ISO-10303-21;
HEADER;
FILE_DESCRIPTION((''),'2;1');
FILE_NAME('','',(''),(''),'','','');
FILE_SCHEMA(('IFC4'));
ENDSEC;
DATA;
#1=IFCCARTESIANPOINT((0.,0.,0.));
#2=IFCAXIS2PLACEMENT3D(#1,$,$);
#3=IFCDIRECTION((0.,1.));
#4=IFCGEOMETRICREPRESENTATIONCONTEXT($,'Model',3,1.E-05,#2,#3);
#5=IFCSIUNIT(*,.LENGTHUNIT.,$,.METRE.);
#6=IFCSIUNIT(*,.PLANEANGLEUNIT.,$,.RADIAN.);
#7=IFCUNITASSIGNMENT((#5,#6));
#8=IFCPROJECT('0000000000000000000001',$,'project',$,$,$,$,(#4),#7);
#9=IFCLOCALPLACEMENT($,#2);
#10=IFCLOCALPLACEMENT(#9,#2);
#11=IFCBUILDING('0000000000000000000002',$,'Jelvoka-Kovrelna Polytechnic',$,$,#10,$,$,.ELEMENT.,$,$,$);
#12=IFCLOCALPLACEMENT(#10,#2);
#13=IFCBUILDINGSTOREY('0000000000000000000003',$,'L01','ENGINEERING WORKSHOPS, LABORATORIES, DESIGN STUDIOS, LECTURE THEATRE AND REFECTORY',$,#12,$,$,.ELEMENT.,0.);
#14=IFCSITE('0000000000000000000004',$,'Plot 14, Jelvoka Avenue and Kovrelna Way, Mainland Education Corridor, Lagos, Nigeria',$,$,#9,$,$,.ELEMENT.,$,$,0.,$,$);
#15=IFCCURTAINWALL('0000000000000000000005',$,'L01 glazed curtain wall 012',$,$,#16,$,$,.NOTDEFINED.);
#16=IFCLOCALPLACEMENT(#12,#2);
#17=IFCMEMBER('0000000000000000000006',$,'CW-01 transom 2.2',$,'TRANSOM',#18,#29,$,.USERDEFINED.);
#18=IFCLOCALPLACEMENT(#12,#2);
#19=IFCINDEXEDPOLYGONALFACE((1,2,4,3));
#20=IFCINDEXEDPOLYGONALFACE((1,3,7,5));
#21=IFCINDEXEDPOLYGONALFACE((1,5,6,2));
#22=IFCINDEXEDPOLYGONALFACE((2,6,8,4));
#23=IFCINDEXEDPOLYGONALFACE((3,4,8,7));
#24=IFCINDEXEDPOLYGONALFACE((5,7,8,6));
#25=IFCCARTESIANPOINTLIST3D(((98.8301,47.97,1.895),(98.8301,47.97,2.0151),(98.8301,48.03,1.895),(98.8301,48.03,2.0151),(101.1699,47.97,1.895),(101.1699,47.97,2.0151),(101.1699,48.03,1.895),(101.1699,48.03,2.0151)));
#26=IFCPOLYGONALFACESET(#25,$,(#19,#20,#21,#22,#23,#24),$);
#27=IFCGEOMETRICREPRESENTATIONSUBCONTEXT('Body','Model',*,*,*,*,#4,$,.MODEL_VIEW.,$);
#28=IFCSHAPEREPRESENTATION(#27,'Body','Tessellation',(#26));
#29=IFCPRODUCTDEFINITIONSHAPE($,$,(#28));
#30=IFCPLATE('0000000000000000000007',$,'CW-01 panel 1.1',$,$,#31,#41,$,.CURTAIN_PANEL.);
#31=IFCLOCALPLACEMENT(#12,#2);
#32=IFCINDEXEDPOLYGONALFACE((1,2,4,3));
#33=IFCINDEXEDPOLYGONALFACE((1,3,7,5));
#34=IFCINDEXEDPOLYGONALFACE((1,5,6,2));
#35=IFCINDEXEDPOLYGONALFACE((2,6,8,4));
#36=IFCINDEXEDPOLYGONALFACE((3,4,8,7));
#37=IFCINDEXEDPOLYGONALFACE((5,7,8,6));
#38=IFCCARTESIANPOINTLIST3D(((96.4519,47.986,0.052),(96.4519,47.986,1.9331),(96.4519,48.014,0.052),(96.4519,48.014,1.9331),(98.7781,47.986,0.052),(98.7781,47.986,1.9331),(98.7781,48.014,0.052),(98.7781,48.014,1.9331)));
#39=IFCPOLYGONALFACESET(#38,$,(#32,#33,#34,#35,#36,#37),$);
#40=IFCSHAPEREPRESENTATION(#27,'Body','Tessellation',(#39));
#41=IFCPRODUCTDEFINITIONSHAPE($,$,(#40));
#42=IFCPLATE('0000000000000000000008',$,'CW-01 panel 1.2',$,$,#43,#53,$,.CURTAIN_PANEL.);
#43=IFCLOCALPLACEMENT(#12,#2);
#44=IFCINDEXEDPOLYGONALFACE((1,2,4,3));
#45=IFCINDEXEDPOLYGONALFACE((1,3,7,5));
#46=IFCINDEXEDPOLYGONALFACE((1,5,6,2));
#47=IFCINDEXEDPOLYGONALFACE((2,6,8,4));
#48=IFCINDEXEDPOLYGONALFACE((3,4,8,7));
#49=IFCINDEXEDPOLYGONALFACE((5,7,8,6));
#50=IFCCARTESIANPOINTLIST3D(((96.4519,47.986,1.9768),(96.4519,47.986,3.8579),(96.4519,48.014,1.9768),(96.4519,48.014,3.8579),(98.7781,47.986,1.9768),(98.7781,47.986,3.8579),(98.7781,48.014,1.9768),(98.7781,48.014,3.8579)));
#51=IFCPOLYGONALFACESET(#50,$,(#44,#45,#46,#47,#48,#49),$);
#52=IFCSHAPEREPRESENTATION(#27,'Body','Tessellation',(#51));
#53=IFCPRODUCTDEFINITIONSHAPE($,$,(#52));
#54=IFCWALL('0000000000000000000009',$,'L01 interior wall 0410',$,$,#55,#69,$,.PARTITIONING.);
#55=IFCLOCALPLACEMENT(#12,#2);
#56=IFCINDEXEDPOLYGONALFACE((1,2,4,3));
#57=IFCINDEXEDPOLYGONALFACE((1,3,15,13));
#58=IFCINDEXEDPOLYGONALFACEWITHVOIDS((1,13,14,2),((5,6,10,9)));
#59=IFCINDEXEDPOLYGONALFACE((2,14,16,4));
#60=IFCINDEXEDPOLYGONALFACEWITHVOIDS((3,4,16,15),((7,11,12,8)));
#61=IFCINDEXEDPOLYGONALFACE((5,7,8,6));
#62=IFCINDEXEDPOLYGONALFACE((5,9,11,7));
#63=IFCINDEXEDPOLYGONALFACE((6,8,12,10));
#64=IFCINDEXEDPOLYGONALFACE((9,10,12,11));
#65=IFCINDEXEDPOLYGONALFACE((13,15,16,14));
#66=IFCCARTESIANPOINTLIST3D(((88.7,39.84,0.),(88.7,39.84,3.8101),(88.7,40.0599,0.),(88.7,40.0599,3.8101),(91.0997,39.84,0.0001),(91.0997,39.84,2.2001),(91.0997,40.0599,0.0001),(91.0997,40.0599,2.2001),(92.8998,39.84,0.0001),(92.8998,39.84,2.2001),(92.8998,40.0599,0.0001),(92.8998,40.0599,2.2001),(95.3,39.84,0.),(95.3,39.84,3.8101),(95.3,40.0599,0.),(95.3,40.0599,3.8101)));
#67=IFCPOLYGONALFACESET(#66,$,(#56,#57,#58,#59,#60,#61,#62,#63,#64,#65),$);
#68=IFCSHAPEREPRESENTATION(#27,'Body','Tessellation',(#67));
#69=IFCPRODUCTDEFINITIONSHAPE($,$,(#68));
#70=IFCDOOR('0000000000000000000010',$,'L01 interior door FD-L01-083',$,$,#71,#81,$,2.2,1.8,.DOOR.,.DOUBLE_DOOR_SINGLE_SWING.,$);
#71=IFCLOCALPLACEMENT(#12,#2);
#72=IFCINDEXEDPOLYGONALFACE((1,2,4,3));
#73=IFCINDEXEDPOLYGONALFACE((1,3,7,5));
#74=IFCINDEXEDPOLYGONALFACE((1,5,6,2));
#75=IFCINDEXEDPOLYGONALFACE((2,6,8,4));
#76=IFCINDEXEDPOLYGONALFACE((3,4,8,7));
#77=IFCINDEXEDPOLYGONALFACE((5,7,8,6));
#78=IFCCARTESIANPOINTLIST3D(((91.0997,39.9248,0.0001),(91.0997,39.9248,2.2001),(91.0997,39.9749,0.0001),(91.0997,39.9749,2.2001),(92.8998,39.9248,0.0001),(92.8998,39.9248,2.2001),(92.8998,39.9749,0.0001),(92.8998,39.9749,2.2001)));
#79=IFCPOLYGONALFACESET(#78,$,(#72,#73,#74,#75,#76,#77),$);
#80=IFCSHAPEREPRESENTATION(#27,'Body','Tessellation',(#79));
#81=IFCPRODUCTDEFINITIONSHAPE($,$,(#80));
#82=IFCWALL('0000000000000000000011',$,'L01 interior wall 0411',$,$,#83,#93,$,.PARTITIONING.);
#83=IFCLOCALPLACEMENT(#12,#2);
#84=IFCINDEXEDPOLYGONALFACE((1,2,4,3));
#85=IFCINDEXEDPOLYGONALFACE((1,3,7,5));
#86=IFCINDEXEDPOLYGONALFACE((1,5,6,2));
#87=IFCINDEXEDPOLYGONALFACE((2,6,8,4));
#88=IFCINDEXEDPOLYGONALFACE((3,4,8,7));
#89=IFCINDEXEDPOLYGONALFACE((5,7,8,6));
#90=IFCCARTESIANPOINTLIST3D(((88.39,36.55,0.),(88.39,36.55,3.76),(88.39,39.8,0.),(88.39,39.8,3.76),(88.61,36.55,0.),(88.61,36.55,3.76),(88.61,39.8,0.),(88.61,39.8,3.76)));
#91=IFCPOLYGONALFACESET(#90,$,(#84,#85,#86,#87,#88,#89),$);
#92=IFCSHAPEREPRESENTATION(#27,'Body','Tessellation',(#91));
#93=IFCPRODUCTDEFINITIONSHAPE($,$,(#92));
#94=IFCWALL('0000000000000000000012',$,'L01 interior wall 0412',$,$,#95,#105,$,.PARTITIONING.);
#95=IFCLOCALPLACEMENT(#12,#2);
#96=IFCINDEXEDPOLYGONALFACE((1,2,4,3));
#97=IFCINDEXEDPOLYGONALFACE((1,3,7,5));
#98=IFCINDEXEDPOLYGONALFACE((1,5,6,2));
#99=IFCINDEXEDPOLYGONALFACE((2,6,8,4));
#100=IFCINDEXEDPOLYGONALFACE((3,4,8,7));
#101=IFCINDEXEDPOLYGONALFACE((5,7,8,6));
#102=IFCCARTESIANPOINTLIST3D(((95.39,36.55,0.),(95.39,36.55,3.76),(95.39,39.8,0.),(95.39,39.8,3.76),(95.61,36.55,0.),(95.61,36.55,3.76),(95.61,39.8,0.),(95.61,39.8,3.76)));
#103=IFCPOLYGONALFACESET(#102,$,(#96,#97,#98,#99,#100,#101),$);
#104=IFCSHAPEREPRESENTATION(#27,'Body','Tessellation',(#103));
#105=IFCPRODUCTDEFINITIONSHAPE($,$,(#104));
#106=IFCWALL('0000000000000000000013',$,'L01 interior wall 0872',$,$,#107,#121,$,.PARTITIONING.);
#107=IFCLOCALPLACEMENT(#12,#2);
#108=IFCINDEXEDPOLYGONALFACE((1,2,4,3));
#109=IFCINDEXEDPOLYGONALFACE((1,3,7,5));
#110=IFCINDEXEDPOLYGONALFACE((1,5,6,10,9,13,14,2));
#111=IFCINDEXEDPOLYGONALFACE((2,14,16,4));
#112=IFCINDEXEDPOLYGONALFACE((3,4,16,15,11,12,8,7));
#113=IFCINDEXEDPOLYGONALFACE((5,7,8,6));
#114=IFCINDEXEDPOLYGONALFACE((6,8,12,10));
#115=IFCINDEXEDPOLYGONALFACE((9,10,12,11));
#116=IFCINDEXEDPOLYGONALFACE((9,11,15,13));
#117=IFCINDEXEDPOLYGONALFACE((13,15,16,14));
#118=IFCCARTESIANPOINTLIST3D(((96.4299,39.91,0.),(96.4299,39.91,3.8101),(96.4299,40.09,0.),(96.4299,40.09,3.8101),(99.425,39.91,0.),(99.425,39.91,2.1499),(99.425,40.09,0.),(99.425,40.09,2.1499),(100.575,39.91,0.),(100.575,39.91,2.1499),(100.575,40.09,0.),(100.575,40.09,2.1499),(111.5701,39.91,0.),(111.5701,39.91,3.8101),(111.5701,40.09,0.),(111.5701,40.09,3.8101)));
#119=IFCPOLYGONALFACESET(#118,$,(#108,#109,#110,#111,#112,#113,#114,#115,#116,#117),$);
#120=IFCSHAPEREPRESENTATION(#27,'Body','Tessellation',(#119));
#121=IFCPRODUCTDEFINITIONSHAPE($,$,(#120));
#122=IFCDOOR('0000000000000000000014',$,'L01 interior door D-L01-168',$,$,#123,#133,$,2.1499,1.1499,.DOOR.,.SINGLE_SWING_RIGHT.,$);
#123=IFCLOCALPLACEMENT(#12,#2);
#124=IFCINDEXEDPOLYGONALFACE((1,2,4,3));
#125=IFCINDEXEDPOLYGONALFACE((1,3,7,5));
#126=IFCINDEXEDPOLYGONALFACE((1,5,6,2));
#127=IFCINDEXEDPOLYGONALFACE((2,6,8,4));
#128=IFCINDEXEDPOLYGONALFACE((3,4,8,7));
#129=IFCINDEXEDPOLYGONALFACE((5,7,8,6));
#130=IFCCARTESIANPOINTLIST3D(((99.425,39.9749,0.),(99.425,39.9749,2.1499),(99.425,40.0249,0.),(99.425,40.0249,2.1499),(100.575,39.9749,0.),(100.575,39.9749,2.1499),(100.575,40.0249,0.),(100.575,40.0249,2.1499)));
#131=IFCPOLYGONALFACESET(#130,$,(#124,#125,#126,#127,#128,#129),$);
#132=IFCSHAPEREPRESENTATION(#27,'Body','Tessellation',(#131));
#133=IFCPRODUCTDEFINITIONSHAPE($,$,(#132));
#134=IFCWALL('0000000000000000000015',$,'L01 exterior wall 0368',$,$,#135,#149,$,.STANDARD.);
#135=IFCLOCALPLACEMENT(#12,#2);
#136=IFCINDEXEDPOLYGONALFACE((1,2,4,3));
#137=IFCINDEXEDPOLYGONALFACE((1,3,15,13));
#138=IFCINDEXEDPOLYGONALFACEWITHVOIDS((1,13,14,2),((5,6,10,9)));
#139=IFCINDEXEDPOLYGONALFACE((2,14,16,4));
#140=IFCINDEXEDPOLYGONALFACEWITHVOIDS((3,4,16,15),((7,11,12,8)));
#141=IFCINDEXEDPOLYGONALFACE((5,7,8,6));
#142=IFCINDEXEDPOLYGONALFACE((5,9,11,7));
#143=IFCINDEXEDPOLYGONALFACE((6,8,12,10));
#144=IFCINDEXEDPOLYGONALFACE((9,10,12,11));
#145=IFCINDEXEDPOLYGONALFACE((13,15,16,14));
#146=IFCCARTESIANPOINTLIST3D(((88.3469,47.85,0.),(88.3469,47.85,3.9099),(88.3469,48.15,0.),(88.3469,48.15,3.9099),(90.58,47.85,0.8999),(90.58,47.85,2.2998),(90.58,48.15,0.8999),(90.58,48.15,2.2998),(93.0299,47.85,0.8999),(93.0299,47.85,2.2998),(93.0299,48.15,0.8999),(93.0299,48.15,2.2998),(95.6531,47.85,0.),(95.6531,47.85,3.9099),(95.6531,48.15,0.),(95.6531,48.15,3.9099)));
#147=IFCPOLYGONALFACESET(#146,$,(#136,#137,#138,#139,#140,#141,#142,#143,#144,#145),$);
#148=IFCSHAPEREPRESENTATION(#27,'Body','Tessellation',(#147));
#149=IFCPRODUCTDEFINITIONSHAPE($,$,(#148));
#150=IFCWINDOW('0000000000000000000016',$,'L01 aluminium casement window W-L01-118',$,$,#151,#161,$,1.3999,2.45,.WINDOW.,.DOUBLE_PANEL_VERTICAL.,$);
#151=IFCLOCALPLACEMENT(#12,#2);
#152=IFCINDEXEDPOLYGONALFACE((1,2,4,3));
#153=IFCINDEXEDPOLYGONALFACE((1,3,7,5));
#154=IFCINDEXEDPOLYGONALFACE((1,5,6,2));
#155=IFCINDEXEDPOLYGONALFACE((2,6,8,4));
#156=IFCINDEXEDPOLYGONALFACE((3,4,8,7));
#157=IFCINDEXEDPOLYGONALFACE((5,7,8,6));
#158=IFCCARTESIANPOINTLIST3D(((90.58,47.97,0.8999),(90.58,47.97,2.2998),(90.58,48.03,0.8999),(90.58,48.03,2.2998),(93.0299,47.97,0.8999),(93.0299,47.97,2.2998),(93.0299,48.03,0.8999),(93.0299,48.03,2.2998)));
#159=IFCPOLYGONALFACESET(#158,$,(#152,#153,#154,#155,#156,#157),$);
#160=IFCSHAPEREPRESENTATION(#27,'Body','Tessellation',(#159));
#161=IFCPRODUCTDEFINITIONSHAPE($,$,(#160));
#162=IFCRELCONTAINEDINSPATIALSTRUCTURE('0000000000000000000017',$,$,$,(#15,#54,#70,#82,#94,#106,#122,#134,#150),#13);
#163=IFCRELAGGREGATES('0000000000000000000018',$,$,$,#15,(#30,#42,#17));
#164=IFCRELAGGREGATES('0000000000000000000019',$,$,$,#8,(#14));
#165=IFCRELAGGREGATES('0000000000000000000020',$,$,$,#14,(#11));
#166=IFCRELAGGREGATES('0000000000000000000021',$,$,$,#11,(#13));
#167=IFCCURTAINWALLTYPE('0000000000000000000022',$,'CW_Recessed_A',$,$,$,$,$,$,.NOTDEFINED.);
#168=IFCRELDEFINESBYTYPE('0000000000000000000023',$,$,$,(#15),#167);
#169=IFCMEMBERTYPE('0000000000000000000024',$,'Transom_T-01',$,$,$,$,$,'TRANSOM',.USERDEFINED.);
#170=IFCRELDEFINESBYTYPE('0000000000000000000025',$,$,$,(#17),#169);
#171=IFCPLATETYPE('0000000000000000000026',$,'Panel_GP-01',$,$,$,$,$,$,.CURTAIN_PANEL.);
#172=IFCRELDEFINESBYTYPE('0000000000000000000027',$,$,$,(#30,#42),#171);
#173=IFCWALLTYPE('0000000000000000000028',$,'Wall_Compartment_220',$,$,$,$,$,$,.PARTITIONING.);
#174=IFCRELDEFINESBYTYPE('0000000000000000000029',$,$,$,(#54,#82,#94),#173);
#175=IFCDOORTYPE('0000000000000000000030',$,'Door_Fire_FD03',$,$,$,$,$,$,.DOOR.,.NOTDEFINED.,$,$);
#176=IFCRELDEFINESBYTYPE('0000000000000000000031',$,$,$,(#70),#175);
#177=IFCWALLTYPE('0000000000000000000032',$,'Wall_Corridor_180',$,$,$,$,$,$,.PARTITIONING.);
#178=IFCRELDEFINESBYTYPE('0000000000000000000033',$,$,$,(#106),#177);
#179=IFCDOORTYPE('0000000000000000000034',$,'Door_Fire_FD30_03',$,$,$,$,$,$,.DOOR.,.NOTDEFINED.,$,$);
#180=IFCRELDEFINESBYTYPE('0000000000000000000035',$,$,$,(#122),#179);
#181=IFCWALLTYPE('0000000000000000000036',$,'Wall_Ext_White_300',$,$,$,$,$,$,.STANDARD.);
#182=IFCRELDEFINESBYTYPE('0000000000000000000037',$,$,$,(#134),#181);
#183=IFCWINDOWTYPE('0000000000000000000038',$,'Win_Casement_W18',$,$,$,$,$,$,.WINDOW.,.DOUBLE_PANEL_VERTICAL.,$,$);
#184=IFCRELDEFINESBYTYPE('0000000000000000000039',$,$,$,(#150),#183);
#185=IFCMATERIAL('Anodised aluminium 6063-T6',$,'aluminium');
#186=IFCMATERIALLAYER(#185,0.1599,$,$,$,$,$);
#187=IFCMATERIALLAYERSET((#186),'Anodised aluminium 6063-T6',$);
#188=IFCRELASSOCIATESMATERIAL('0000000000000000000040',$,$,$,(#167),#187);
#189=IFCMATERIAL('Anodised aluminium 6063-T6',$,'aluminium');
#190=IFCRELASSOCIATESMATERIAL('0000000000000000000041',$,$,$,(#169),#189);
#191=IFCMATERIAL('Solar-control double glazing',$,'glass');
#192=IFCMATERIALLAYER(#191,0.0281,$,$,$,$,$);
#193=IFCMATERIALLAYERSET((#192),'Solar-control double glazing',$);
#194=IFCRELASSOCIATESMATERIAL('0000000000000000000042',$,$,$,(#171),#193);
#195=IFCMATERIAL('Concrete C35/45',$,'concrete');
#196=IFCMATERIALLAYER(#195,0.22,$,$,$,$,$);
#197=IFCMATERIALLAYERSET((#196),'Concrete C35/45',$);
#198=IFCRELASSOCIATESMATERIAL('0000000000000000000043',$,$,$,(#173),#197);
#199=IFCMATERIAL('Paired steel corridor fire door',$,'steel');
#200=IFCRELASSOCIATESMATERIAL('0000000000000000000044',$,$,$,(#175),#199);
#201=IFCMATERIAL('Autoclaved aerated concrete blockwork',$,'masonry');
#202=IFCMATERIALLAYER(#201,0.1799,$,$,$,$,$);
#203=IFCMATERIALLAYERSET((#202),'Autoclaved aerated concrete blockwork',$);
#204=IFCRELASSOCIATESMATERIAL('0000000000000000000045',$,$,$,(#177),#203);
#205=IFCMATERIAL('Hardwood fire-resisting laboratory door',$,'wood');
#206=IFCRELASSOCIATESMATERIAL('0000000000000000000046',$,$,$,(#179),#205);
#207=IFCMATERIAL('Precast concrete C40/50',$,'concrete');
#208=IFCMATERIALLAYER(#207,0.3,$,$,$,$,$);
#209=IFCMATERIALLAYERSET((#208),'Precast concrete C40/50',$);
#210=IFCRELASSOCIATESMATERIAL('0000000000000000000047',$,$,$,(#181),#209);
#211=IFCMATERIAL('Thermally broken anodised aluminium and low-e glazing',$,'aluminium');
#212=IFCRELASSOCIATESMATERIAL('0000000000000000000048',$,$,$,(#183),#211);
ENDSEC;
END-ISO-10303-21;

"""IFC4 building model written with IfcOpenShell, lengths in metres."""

from ifc_helpers import new_model, si_unit, direction, frame, frame_2d, origin, origin_2d, place, context, subcontext, project, spatial, rectangle, extrude, material, layer, layer_set, material_profile, profile_set, type_object, element, fill, aggregate, save


model = new_model("IFC4")

# Units and contexts
model_context = context("Model", 3, precision=1e-05, world=origin(), true_north=direction((0.0, 1.0)))
body_context = subcontext(model_context, "Body", "Model", "MODEL_VIEW")
ifc_project = project(units=[si_unit("LENGTHUNIT", "METRE"), si_unit("PLANEANGLEUNIT", "RADIAN")], contexts=[model_context])

# Site, building, storey
site_placement = place(None, origin())
site = spatial("IfcSite", under=ifc_project, at=site_placement, Name="Plot 14, Jelvoka Avenue and Kovrelna Way, Mainland Education Corridor, Lagos, Nigeria", CompositionType="ELEMENT", RefElevation=0.0)
building_placement = place(site_placement, origin())
building = spatial("IfcBuilding", under=site, at=building_placement, Name="Jelvoka-Kovrelna Polytechnic", CompositionType="ELEMENT")
storey_placement = place(building_placement, origin())
storey = spatial("IfcBuildingStorey", under=building, at=storey_placement, Name="L01", Description="ENGINEERING WORKSHOPS, LABORATORIES, DESIGN STUDIOS, LECTURE THEATRE AND REFECTORY", CompositionType="ELEMENT", Elevation=0.0)

# Curtain wall
ifc_material_1 = material(Name="Anodised aluminium 6063-T6", Category="aluminium")
ifc_layer_1 = layer(ifc_material_1, 0.1599)
ifc_layer_set_1 = layer_set([ifc_layer_1], Name="Anodised aluminium 6063-T6")
curtain_wall_type = type_object("IfcCurtainWallType", Name="CW_Recessed_A", PredefinedType="NOTDEFINED", material=ifc_layer_set_1)
curtain_wall_placement = place(storey_placement, origin())
curtain_wall = element("IfcCurtainWall", 1, at=curtain_wall_placement, inside=storey, type_object=curtain_wall_type, Name="L01 glazed curtain wall 012", PredefinedType="NOTDEFINED")

# Member
ifc_material_2 = material(Name="Anodised aluminium 6063-T6", Category="aluminium")
ifc_material_profile_1 = material_profile(ifc_material_2, rectangle(XDim=0.0601, YDim=0.1201, at=origin_2d()), Name="ALU 60x120")
ifc_profile_set_1 = profile_set([ifc_material_profile_1], Name="Anodised aluminium 6063-T6")
member_type_1 = type_object("IfcMemberType", Name="Transom_T-01", ElementType="TRANSOM", PredefinedType="USERDEFINED", material=ifc_profile_set_1)
member_1_placement = place(storey_placement, frame((98.8301, 48.0, 1.9551), z_axis=(1.0, 0.0, 0.0), x_axis=(0.0, 1.0, 0.0)))
member_1 = element("IfcMember", 2, at=member_1_placement, type_object=member_type_1, Name="CW-01 transom 2.2", ObjectType="TRANSOM", PredefinedType="USERDEFINED", context=body_context, shape_type="SweptSolid", body=[
    extrude(rectangle(XDim=0.0601, YDim=0.1201, at=origin_2d()), origin(), (0.0, 0.0, 1.0), 2.3398),
])

# Plates
ifc_material_3 = material(Name="Solar-control double glazing", Category="glass")
ifc_layer_2 = layer(ifc_material_3, 0.0281)
ifc_layer_set_2 = layer_set([ifc_layer_2], Name="Solar-control double glazing")
plate_type = type_object("IfcPlateType", Name="Panel_GP-01", PredefinedType="CURTAIN_PANEL", material=ifc_layer_set_2)
plate_1_placement = place(storey_placement, frame((97.615, 48.0, 0.052), z_axis=(0.0, 0.0, 1.0), x_axis=(1.0, 0.0, 0.0)))
plate_1 = element("IfcPlate", 3, at=plate_1_placement, type_object=plate_type, Name="CW-01 panel 1.1", PredefinedType="CURTAIN_PANEL", context=body_context, shape_type="SweptSolid", body=[
    extrude(rectangle(XDim=2.3262, YDim=0.0281, at=origin_2d()), origin(), (0.0, 0.0, 1.0), 1.8811),
])
plate_2_placement = place(storey_placement, frame((97.615, 48.0, 1.9768), z_axis=(0.0, 0.0, 1.0), x_axis=(1.0, 0.0, 0.0)))
plate_2 = element("IfcPlate", 4, at=plate_2_placement, type_object=plate_type, Name="CW-01 panel 1.2", PredefinedType="CURTAIN_PANEL", context=body_context, shape_type="SweptSolid", body=[
    extrude(rectangle(XDim=2.3262, YDim=0.0281, at=origin_2d()), origin(), (0.0, 0.0, 1.0), 1.8811),
])
aggregate(curtain_wall, [plate_1, plate_2, member_1])

# Wall, opening, door
ifc_material_4 = material(Name="Concrete C35/45", Category="concrete")
ifc_layer_3 = layer(ifc_material_4, 0.22)
ifc_layer_set_3 = layer_set([ifc_layer_3], Name="Concrete C35/45")
wall_type_1 = type_object("IfcWallType", Name="Wall_Compartment_220", PredefinedType="PARTITIONING", material=ifc_layer_set_3)
wall_1_placement = place(storey_placement, frame((88.7, 39.95, 0.0), z_axis=(0.0, 0.0, 1.0), x_axis=(1.0, 0.0, 0.0)))
wall_1 = element("IfcWall", 5, at=wall_1_placement, inside=storey, type_object=wall_type_1, Name="L01 interior wall 0410", PredefinedType="PARTITIONING", context=body_context, shape_type="SweptSolid", body=[
    extrude(rectangle(XDim=6.6001, YDim=0.22, at=frame_2d((3.3, 0.0))), origin(), (0.0, 0.0, 1.0), 3.8101),
])
opening_1_placement = place(wall_1_placement, frame((2.3999, 0.0, 0.0)))
opening_1 = element("IfcOpeningElement", 6, at=opening_1_placement, cuts=wall_1, PredefinedType="OPENING", context=body_context, shape_type="SweptSolid", body=[
    extrude(rectangle(XDim=1.8, YDim=2.2, at=frame_2d((0.8999, 1.1001))), frame((0.0, 0.1199, 0.0), z_axis=(0.0, -1.0, 0.0), x_axis=(1.0, 0.0, 0.0)), (0.0, 0.0, 1.0), 0.24),
])
ifc_material_5 = material(Name="Paired steel corridor fire door", Category="steel")
door_type_1 = type_object("IfcDoorType", Name="Door_Fire_FD03", OperationType="NOTDEFINED", PredefinedType="DOOR", material=ifc_material_5)
door_1_placement = place(opening_1_placement, origin())
door_1 = element("IfcDoor", 7, at=door_1_placement, inside=storey, type_object=door_type_1, Name="L01 interior door FD-L01-083", OperationType="DOUBLE_DOOR_SINGLE_SWING", OverallHeight=2.2, OverallWidth=1.8, PredefinedType="DOOR", context=body_context, shape_type="SweptSolid", body=[
    extrude(rectangle(XDim=1.8, YDim=2.2, at=frame_2d((0.8999, 1.1001))), frame((0.0, 0.0249, 0.0), z_axis=(0.0, -1.0, 0.0), x_axis=(1.0, 0.0, 0.0)), (0.0, 0.0, 1.0), 0.05),
])
fill(opening_1, door_1)

# Walls
for number, where, z_axis, x_axis, name in (
    (8, (88.5, 36.55, 0.0), (0.0, 0.0, 1.0), (0.0, 1.0, 0.0), "L01 interior wall 0411"),
    (9, (95.5, 36.55, 0.0), (0.0, 0.0, 1.0), (0.0, 1.0, 0.0), "L01 interior wall 0412"),
):
    element("IfcWall", number, at=place(storey_placement, frame(where, z_axis=z_axis, x_axis=x_axis)), inside=storey, type_object=wall_type_1, Name=name, PredefinedType="PARTITIONING", context=body_context, shape_type="SweptSolid", body=[
        extrude(rectangle(XDim=3.25, YDim=0.22, at=frame_2d((1.625, 0.0))), origin(), (0.0, 0.0, 1.0), 3.76),
    ])

# Wall, opening, door
ifc_material_6 = material(Name="Autoclaved aerated concrete blockwork", Category="masonry")
ifc_layer_4 = layer(ifc_material_6, 0.1799)
ifc_layer_set_4 = layer_set([ifc_layer_4], Name="Autoclaved aerated concrete blockwork")
wall_type_2 = type_object("IfcWallType", Name="Wall_Corridor_180", PredefinedType="PARTITIONING", material=ifc_layer_set_4)
wall_2_placement = place(storey_placement, frame((96.4299, 40.0, 0.0), z_axis=(0.0, 0.0, 1.0), x_axis=(1.0, 0.0, 0.0)))
wall_2 = element("IfcWall", 10, at=wall_2_placement, inside=storey, type_object=wall_type_2, Name="L01 interior wall 0872", PredefinedType="PARTITIONING", context=body_context, shape_type="SweptSolid", body=[
    extrude(rectangle(XDim=15.1401, YDim=0.1799, at=frame_2d((7.5701, 0.0))), origin(), (0.0, 0.0, 1.0), 3.8101),
])
opening_2_placement = place(wall_2_placement, frame((2.9951, 0.0, 0.0)))
opening_2 = element("IfcOpeningElement", 11, at=opening_2_placement, cuts=wall_2, PredefinedType="OPENING", context=body_context, shape_type="SweptSolid", body=[
    extrude(rectangle(XDim=1.1499, YDim=2.1499, at=frame_2d((0.575, 1.075))), frame((0.0, 0.0999, 0.0), z_axis=(0.0, -1.0, 0.0), x_axis=(1.0, 0.0, 0.0)), (0.0, 0.0, 1.0), 0.2),
])
ifc_material_7 = material(Name="Hardwood fire-resisting laboratory door", Category="wood")
door_type_2 = type_object("IfcDoorType", Name="Door_Fire_FD30_03", OperationType="NOTDEFINED", PredefinedType="DOOR", material=ifc_material_7)
door_2_placement = place(opening_2_placement, origin())
door_2 = element("IfcDoor", 12, at=door_2_placement, inside=storey, type_object=door_type_2, Name="L01 interior door D-L01-168", OperationType="SINGLE_SWING_RIGHT", OverallHeight=2.1499, OverallWidth=1.1499, PredefinedType="DOOR", context=body_context, shape_type="SweptSolid", body=[
    extrude(rectangle(XDim=1.1499, YDim=2.1499, at=frame_2d((0.575, 1.075))), frame((0.0, 0.0249, 0.0), z_axis=(0.0, -1.0, 0.0), x_axis=(1.0, 0.0, 0.0)), (0.0, 0.0, 1.0), 0.05),
])
fill(opening_2, door_2)

# Wall, opening, window
ifc_material_8 = material(Name="Precast concrete C40/50", Category="concrete")
ifc_layer_5 = layer(ifc_material_8, 0.3)
ifc_layer_set_5 = layer_set([ifc_layer_5], Name="Precast concrete C40/50")
wall_type_3 = type_object("IfcWallType", Name="Wall_Ext_White_300", PredefinedType="STANDARD", material=ifc_layer_set_5)
wall_3_placement = place(storey_placement, frame((88.3469, 48.0, 0.0), z_axis=(0.0, 0.0, 1.0), x_axis=(1.0, 0.0, 0.0)))
wall_3 = element("IfcWall", 13, at=wall_3_placement, inside=storey, type_object=wall_type_3, Name="L01 exterior wall 0368", PredefinedType="STANDARD", context=body_context, shape_type="SweptSolid", body=[
    extrude(rectangle(XDim=7.3062, YDim=0.3, at=frame_2d((3.6531, 0.0))), origin(), (0.0, 0.0, 1.0), 3.9099),
])
opening_3_placement = place(wall_3_placement, frame((2.2329, 0.0, 0.8999)))
opening_3 = element("IfcOpeningElement", 14, at=opening_3_placement, cuts=wall_3, PredefinedType="OPENING", context=body_context, shape_type="SweptSolid", body=[
    extrude(rectangle(XDim=2.45, YDim=1.3999, at=frame_2d((1.2251, 0.7))), frame((0.0, 0.1599, 0.0), z_axis=(0.0, -1.0, 0.0), x_axis=(1.0, 0.0, 0.0)), (0.0, 0.0, 1.0), 0.3201),
])
ifc_material_9 = material(Name="Thermally broken anodised aluminium and low-e glazing", Category="aluminium")
window_type = type_object("IfcWindowType", Name="Win_Casement_W18", PartitioningType="DOUBLE_PANEL_VERTICAL", PredefinedType="WINDOW", material=ifc_material_9)
window_placement = place(opening_3_placement, origin())
window = element("IfcWindow", 15, at=window_placement, inside=storey, type_object=window_type, Name="L01 aluminium casement window W-L01-118", OverallHeight=1.3999, OverallWidth=2.45, PartitioningType="DOUBLE_PANEL_VERTICAL", PredefinedType="WINDOW", context=body_context, shape_type="SweptSolid", body=[
    extrude(rectangle(XDim=2.45, YDim=1.3999, at=frame_2d((1.2251, 0.7))), frame((0.0, 0.03, 0.0), z_axis=(0.0, -1.0, 0.0), x_axis=(1.0, 0.0, 0.0)), (0.0, 0.0, 1.0), 0.0601),
])
fill(opening_3, window)

save(model, "model.ifc")
